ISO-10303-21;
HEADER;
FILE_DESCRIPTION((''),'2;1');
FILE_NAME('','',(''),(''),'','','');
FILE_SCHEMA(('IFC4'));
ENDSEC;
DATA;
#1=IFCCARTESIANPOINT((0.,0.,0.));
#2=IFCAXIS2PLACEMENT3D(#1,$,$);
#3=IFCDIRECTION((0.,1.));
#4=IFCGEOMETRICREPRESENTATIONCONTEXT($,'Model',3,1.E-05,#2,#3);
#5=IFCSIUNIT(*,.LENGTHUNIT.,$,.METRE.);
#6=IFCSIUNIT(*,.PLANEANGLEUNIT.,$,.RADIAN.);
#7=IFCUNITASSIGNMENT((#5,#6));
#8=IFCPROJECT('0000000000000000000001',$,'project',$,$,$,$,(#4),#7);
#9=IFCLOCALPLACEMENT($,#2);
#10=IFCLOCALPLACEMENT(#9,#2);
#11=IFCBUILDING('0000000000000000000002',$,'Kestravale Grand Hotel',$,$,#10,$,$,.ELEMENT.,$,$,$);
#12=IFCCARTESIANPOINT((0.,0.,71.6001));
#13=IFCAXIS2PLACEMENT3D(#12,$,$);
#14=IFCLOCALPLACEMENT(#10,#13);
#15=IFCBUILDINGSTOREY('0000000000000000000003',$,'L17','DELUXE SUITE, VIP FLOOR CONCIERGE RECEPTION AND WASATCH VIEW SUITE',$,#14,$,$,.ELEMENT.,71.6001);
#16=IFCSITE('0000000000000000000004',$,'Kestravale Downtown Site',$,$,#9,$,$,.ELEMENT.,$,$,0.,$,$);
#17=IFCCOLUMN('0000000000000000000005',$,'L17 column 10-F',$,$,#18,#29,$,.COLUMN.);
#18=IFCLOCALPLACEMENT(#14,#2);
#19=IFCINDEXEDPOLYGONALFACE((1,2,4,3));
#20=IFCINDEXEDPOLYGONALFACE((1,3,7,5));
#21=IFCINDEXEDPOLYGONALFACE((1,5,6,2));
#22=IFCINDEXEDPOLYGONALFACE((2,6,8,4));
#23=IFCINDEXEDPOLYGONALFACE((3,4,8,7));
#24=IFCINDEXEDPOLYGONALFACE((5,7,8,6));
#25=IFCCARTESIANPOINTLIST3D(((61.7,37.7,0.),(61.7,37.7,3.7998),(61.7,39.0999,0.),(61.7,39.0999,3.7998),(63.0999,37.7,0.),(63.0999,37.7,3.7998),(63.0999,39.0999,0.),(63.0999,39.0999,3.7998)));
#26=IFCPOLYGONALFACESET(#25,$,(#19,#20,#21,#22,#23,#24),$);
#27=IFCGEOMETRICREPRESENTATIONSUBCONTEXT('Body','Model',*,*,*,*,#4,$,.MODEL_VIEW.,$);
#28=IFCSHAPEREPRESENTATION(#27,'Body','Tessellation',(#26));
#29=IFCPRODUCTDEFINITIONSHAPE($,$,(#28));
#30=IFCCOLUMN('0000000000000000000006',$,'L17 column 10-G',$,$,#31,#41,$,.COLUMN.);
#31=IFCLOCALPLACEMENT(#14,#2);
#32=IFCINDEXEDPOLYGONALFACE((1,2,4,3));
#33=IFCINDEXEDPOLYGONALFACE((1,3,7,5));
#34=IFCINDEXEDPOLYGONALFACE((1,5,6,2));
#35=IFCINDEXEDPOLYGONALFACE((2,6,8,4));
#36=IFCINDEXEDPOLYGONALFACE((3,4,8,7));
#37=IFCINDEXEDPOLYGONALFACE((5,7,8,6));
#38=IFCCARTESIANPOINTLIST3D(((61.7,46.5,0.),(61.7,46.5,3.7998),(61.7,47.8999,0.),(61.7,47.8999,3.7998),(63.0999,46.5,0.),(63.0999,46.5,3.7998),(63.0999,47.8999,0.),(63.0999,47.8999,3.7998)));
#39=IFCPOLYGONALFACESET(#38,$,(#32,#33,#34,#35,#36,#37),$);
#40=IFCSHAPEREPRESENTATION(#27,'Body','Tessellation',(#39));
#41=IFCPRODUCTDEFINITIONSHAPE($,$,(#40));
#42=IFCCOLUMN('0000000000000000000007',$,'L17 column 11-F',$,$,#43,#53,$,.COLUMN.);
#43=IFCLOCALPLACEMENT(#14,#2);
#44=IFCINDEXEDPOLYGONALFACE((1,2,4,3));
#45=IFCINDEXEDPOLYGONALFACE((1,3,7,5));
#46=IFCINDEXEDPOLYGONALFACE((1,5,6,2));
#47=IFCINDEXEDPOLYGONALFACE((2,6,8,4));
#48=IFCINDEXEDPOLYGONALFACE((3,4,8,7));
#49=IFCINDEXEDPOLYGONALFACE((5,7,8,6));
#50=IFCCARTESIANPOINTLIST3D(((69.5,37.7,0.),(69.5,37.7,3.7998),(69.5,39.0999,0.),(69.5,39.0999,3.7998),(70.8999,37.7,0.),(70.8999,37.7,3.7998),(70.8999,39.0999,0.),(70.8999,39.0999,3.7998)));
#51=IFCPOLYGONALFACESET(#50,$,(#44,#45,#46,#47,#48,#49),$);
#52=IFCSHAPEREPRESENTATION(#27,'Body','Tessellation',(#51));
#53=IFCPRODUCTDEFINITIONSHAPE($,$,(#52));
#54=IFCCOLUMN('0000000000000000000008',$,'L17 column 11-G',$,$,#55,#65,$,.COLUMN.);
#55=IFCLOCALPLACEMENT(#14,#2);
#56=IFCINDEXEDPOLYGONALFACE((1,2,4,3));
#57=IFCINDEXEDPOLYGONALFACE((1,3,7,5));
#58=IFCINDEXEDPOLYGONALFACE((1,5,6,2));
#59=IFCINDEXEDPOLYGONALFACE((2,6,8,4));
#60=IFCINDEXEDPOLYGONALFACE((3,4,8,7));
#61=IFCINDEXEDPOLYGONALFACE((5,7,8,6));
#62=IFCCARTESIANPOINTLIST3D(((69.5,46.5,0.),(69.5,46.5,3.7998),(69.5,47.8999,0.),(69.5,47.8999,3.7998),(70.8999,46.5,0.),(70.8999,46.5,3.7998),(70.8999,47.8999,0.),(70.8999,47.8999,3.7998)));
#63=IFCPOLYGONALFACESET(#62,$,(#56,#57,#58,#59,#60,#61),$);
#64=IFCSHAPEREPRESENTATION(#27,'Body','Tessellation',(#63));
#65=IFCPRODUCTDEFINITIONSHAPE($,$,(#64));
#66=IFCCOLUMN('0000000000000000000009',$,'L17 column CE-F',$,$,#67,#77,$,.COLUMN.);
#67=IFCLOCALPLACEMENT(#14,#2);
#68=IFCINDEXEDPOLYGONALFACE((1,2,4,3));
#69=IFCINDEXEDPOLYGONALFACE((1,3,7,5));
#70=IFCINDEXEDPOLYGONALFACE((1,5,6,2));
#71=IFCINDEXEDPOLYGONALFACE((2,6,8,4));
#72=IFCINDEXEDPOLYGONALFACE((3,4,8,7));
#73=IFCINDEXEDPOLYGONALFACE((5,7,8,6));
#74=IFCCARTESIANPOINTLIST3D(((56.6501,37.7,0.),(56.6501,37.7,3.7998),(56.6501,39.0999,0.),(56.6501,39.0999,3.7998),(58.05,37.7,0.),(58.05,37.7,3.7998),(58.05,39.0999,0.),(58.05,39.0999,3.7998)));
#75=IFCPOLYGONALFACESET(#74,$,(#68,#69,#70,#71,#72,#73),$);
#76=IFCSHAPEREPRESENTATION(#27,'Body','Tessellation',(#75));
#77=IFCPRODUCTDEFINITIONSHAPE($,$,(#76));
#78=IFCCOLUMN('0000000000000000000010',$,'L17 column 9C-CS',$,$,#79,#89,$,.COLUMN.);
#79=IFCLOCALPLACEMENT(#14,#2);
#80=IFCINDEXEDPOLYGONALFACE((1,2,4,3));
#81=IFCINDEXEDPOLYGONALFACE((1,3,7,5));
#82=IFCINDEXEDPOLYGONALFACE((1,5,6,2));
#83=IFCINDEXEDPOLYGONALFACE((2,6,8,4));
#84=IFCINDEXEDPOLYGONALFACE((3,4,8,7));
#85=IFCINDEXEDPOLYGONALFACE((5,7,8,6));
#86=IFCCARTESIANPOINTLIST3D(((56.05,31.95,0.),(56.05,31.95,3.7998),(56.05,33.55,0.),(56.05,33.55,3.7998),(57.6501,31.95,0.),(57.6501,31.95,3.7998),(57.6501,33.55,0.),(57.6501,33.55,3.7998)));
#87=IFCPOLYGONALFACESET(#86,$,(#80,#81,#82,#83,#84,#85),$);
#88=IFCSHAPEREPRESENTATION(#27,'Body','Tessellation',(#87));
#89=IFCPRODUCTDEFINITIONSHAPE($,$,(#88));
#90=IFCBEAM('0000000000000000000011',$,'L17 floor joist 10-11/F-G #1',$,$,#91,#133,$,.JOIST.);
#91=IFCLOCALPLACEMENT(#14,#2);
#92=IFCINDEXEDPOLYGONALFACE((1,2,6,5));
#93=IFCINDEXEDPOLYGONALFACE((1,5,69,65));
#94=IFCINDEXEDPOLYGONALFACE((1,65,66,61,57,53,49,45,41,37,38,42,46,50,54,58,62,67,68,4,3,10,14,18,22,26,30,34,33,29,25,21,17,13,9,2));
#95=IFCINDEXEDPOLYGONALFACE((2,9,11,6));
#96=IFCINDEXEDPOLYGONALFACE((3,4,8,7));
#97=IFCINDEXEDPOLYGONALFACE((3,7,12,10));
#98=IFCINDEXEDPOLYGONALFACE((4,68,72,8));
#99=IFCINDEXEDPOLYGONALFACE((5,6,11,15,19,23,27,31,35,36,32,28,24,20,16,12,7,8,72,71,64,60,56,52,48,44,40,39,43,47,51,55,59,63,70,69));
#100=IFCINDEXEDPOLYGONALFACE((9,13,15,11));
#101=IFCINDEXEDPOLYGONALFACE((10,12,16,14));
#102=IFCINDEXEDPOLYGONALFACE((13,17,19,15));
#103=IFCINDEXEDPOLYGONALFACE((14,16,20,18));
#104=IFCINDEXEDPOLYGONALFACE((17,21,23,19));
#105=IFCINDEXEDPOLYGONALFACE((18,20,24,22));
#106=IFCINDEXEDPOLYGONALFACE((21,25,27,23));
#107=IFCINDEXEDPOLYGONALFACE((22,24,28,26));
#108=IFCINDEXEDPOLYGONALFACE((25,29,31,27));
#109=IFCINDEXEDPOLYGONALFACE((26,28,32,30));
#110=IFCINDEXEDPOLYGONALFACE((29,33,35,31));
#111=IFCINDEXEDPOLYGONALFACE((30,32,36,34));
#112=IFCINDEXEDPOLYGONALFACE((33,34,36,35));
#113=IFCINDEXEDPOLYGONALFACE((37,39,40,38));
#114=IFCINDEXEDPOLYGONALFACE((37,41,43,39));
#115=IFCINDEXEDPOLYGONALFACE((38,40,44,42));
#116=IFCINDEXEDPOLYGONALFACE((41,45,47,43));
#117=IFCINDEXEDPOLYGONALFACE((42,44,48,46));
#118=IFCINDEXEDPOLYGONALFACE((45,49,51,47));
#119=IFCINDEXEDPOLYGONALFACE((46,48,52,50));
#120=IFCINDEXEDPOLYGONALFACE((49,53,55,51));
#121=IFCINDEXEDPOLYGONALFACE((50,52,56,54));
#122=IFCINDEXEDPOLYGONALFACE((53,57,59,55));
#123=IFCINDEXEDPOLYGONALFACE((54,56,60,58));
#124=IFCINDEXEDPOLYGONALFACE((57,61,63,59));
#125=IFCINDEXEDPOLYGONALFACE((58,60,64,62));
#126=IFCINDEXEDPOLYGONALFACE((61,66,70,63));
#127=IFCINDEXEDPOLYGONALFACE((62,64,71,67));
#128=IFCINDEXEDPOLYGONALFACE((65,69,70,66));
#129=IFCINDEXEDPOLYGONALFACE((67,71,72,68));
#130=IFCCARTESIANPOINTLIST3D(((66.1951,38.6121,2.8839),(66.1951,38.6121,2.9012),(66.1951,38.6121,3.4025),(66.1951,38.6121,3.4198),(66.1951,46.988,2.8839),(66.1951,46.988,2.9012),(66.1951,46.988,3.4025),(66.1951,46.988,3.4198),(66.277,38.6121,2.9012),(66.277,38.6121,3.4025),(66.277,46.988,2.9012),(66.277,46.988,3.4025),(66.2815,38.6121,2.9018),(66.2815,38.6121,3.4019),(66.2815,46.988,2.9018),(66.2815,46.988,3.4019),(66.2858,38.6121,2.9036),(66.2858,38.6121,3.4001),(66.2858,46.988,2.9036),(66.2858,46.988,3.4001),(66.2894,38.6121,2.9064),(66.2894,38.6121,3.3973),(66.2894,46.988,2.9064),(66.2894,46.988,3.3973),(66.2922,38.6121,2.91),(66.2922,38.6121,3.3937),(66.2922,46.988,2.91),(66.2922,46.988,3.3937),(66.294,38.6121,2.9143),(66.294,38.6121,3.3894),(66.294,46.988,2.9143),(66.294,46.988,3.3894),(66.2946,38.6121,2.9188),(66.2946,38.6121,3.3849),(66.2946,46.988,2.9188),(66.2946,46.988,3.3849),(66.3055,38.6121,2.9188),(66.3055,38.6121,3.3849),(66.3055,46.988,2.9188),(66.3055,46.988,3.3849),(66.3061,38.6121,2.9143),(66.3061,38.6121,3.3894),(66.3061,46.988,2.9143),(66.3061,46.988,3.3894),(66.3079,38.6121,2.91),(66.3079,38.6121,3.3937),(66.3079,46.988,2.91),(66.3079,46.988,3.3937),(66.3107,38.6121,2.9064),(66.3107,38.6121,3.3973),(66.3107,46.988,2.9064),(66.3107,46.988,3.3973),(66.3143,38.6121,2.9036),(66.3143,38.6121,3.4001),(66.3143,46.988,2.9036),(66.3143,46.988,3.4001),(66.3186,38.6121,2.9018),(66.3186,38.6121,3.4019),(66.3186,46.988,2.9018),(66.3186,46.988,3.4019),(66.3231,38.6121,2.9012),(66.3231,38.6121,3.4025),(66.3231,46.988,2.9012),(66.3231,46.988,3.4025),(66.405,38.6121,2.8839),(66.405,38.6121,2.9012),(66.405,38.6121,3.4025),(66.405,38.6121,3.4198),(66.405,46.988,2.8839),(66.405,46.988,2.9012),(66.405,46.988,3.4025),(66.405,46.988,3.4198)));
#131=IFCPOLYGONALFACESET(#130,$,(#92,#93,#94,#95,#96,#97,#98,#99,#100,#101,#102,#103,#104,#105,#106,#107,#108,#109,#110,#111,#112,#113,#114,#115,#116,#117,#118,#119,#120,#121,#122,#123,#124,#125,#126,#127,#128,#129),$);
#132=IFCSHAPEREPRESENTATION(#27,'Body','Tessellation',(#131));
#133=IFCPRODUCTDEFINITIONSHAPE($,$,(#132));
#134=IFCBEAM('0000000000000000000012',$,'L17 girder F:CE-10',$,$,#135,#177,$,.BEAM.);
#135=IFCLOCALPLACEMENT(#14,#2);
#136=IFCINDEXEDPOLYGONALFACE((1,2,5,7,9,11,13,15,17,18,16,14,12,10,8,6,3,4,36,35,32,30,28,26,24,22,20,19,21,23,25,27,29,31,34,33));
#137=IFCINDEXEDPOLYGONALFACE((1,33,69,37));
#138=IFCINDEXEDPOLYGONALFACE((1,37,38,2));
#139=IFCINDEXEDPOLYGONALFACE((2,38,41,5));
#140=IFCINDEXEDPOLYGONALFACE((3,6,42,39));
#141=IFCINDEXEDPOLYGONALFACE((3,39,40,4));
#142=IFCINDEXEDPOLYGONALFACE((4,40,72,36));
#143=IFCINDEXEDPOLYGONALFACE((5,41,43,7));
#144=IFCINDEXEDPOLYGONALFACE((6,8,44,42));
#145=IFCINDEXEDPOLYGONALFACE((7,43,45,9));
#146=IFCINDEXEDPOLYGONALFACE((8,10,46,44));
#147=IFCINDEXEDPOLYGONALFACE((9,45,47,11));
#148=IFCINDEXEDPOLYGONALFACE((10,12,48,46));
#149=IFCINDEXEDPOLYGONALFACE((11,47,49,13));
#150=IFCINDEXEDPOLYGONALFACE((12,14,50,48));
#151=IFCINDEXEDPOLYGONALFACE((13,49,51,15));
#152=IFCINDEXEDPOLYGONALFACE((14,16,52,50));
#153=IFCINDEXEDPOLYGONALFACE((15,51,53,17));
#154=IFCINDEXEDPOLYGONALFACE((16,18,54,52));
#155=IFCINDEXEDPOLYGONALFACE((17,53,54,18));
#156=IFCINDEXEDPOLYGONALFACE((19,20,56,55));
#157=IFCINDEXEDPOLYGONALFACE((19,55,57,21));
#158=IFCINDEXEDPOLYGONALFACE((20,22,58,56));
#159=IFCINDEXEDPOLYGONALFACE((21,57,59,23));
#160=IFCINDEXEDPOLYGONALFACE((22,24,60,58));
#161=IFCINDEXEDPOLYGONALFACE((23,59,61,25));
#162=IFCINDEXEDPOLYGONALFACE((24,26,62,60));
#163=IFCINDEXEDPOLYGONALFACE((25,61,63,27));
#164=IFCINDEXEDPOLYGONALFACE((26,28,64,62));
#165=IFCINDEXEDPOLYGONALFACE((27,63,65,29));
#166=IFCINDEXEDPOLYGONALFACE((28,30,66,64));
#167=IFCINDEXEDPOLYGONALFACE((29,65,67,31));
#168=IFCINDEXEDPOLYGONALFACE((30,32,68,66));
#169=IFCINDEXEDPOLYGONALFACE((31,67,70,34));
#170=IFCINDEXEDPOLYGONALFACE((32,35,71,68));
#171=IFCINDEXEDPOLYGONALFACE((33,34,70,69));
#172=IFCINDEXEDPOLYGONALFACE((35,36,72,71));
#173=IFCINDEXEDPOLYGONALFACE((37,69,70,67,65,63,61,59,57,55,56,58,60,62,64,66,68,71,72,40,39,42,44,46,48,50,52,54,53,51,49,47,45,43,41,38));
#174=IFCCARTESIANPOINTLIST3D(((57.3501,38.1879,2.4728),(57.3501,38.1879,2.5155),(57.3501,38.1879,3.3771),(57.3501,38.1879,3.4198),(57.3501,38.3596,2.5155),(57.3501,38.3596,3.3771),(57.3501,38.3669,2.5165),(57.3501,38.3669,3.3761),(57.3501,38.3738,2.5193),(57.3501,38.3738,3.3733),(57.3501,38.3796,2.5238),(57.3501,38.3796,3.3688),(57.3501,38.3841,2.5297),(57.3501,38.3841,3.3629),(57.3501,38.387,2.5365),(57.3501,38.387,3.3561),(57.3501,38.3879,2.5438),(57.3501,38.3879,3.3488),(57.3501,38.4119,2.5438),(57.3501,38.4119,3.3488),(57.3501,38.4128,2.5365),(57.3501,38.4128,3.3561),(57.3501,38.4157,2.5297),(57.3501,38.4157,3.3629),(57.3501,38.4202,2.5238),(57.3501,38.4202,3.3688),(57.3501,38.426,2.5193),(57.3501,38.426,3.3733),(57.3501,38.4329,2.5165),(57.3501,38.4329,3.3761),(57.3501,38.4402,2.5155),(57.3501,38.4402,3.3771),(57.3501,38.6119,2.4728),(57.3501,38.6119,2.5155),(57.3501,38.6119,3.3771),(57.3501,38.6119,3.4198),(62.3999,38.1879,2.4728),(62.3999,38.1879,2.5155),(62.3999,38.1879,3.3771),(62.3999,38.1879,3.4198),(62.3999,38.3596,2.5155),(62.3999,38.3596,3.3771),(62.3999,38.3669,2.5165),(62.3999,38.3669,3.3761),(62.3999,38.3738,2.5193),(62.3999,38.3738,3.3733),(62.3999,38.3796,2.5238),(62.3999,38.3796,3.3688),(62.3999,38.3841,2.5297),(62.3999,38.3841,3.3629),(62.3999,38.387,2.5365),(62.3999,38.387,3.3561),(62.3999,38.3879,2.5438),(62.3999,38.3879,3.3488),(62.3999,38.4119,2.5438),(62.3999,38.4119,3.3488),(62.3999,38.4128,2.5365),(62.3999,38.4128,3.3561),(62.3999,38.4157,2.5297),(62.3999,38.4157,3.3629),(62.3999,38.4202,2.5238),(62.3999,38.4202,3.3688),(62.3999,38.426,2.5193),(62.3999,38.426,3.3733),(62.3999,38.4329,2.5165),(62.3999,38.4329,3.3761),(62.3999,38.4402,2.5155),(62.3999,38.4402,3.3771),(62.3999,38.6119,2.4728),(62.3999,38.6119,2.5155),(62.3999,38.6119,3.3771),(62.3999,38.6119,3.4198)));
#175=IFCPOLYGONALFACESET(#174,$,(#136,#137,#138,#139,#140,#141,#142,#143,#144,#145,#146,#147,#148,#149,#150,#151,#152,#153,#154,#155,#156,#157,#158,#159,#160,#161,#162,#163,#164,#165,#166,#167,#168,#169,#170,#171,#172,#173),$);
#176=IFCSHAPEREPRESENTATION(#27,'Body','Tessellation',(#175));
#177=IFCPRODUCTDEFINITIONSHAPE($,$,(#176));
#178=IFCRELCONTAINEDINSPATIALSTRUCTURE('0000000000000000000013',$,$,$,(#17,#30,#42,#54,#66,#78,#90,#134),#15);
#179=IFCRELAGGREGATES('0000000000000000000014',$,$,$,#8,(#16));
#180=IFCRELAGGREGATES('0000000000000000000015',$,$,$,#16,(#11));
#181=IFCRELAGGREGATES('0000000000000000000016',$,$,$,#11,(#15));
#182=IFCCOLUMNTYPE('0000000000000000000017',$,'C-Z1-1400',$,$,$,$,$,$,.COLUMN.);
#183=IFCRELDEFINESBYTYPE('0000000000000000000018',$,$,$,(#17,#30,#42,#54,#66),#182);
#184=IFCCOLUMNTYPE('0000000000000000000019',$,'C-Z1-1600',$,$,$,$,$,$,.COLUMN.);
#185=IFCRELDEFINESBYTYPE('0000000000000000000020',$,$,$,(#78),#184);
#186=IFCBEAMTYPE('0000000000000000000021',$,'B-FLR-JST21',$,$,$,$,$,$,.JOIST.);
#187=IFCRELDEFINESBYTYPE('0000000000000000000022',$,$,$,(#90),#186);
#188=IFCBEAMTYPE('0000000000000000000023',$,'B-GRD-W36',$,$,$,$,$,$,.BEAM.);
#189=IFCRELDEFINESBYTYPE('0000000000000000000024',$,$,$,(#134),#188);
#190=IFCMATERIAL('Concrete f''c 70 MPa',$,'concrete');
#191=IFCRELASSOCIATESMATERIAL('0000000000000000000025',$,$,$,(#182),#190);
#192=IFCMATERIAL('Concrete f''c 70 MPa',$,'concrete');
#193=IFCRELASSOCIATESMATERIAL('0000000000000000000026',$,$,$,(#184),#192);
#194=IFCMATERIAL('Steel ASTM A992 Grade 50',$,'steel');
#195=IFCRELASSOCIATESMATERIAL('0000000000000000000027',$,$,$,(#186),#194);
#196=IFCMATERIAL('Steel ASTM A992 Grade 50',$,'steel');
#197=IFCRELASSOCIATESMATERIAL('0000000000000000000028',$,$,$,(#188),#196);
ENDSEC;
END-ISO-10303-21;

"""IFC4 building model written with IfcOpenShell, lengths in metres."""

from ifc_helpers import new_model, si_unit, direction, frame, origin, origin_2d, place, context, subcontext, project, spatial, rectangle, i_section, extrude, material, material_profile, profile_set, type_object, element, save


model = new_model("IFC4")

# Units and contexts
model_context = context("Model", 3, precision=1e-05, world=origin(), true_north=direction((0.0, 1.0)))
body_context = subcontext(model_context, "Body", "Model", "MODEL_VIEW")
ifc_project = project(units=[si_unit("LENGTHUNIT", "METRE"), si_unit("PLANEANGLEUNIT", "RADIAN")], contexts=[model_context])

# Site, building, storey
site_placement = place(None, origin())
site = spatial("IfcSite", under=ifc_project, at=site_placement, Name="Kestravale Downtown Site", CompositionType="ELEMENT", RefElevation=0.0)
building_placement = place(site_placement, origin())
building = spatial("IfcBuilding", under=site, at=building_placement, Name="Kestravale Grand Hotel", CompositionType="ELEMENT")
storey_placement = place(building_placement, frame((0.0, 0.0, 71.6001)))
storey = spatial("IfcBuildingStorey", under=building, at=storey_placement, Name="L17", Description="DELUXE SUITE, VIP FLOOR CONCIERGE RECEPTION AND WASATCH VIEW SUITE", CompositionType="ELEMENT", Elevation=71.6001)

# Columns
ifc_material_1 = material(Name="Concrete f'c 70 MPa", Category="concrete")
ifc_material_profile_1 = material_profile(ifc_material_1, rectangle(XDim=1.3999, YDim=1.3999, at=origin_2d()))
ifc_profile_set_1 = profile_set([ifc_material_profile_1], Name="Concrete f'c 70 MPa")
column_type_1 = type_object("IfcColumnType", Name="C-Z1-1400", PredefinedType="COLUMN", material=ifc_profile_set_1)
for number, where, z_axis, x_axis, name in (
    (1, (62.3999, 38.3999, 0.0), (0.0, 0.0, 1.0), (1.0, 0.0, 0.0), "L17 column 10-F"),
    (2, (62.3999, 47.2, 0.0), (0.0, 0.0, 1.0), (1.0, 0.0, 0.0), "L17 column 10-G"),
    (3, (70.2, 38.3999, 0.0), (0.0, 0.0, 1.0), (1.0, 0.0, 0.0), "L17 column 11-F"),
    (4, (70.2, 47.2, 0.0), (0.0, 0.0, 1.0), (1.0, 0.0, 0.0), "L17 column 11-G"),
    (5, (57.3501, 38.3999, 0.0), (0.0, 0.0, 1.0), (1.0, 0.0, 0.0), "L17 column CE-F"),
):
    element("IfcColumn", number, at=place(storey_placement, frame(where, z_axis=z_axis, x_axis=x_axis)), inside=storey, type_object=column_type_1, Name=name, PredefinedType="COLUMN", context=body_context, shape_type="SweptSolid", body=[
        extrude(rectangle(XDim=1.3999, YDim=1.3999, at=origin_2d()), origin(), (0.0, 0.0, 1.0), 3.7998),
    ])
ifc_material_2 = material(Name="Concrete f'c 70 MPa", Category="concrete")
ifc_material_profile_2 = material_profile(ifc_material_2, rectangle(XDim=1.6001, YDim=1.6001, at=origin_2d()))
ifc_profile_set_2 = profile_set([ifc_material_profile_2], Name="Concrete f'c 70 MPa")
column_type_2 = type_object("IfcColumnType", Name="C-Z1-1600", PredefinedType="COLUMN", material=ifc_profile_set_2)
column_placement = place(storey_placement, frame((56.8501, 32.75, 0.0), z_axis=(0.0, 0.0, 1.0), x_axis=(1.0, 0.0, 0.0)))
element("IfcColumn", 6, at=column_placement, inside=storey, type_object=column_type_2, Name="L17 column 9C-CS", PredefinedType="COLUMN", context=body_context, shape_type="SweptSolid", body=[
    extrude(rectangle(XDim=1.6001, YDim=1.6001, at=origin_2d()), origin(), (0.0, 0.0, 1.0), 3.7998),
])

# Beams
ifc_material_3 = material(Name="Steel ASTM A992 Grade 50", Category="steel")
ifc_material_profile_3 = material_profile(ifc_material_3, i_section(OverallWidth=0.21, OverallDepth=0.5359, WebThickness=0.011, FlangeThickness=0.0173, FilletRadius=0.0176, at=origin_2d()))
ifc_profile_set_3 = profile_set([ifc_material_profile_3], Name="Steel ASTM A992 Grade 50")
beam_type_1 = type_object("IfcBeamType", Name="B-FLR-JST21", PredefinedType="JOIST", material=ifc_profile_set_3)
beam_1_placement = place(storey_placement, frame((66.3, 38.6121, 3.1519), z_axis=(0.0, 1.0, 0.0), x_axis=(-1.0, 0.0, 0.0)))
element("IfcBeam", 7, at=beam_1_placement, inside=storey, type_object=beam_type_1, Name="L17 floor joist 10-11/F-G #1", PredefinedType="JOIST", context=body_context, shape_type="SweptSolid", body=[
    extrude(i_section(OverallWidth=0.21, OverallDepth=0.5359, WebThickness=0.011, FlangeThickness=0.0173, FilletRadius=0.0176, at=origin_2d()), origin(), (0.0, 0.0, 1.0), 8.376),
])
ifc_material_4 = material(Name="Steel ASTM A992 Grade 50", Category="steel")
ifc_material_profile_4 = material_profile(ifc_material_4, i_section(OverallWidth=0.4241, OverallDepth=0.947, WebThickness=0.0239, FlangeThickness=0.0427, FilletRadius=0.0283, at=origin_2d()))
ifc_profile_set_4 = profile_set([ifc_material_profile_4], Name="Steel ASTM A992 Grade 50")
beam_type_2 = type_object("IfcBeamType", Name="B-GRD-W36", PredefinedType="BEAM", material=ifc_profile_set_4)
beam_2_placement = place(storey_placement, frame((57.3501, 38.3999, 2.9463), z_axis=(1.0, 0.0, 0.0), x_axis=(0.0, 1.0, 0.0)))
element("IfcBeam", 8, at=beam_2_placement, inside=storey, type_object=beam_type_2, Name="L17 girder F:CE-10", PredefinedType="BEAM", context=body_context, shape_type="SweptSolid", body=[
    extrude(i_section(OverallWidth=0.4241, OverallDepth=0.947, WebThickness=0.0239, FlangeThickness=0.0427, FilletRadius=0.0283, at=origin_2d()), origin(), (0.0, 0.0, 1.0), 5.0498),
])

save(model, "model.ifc")
